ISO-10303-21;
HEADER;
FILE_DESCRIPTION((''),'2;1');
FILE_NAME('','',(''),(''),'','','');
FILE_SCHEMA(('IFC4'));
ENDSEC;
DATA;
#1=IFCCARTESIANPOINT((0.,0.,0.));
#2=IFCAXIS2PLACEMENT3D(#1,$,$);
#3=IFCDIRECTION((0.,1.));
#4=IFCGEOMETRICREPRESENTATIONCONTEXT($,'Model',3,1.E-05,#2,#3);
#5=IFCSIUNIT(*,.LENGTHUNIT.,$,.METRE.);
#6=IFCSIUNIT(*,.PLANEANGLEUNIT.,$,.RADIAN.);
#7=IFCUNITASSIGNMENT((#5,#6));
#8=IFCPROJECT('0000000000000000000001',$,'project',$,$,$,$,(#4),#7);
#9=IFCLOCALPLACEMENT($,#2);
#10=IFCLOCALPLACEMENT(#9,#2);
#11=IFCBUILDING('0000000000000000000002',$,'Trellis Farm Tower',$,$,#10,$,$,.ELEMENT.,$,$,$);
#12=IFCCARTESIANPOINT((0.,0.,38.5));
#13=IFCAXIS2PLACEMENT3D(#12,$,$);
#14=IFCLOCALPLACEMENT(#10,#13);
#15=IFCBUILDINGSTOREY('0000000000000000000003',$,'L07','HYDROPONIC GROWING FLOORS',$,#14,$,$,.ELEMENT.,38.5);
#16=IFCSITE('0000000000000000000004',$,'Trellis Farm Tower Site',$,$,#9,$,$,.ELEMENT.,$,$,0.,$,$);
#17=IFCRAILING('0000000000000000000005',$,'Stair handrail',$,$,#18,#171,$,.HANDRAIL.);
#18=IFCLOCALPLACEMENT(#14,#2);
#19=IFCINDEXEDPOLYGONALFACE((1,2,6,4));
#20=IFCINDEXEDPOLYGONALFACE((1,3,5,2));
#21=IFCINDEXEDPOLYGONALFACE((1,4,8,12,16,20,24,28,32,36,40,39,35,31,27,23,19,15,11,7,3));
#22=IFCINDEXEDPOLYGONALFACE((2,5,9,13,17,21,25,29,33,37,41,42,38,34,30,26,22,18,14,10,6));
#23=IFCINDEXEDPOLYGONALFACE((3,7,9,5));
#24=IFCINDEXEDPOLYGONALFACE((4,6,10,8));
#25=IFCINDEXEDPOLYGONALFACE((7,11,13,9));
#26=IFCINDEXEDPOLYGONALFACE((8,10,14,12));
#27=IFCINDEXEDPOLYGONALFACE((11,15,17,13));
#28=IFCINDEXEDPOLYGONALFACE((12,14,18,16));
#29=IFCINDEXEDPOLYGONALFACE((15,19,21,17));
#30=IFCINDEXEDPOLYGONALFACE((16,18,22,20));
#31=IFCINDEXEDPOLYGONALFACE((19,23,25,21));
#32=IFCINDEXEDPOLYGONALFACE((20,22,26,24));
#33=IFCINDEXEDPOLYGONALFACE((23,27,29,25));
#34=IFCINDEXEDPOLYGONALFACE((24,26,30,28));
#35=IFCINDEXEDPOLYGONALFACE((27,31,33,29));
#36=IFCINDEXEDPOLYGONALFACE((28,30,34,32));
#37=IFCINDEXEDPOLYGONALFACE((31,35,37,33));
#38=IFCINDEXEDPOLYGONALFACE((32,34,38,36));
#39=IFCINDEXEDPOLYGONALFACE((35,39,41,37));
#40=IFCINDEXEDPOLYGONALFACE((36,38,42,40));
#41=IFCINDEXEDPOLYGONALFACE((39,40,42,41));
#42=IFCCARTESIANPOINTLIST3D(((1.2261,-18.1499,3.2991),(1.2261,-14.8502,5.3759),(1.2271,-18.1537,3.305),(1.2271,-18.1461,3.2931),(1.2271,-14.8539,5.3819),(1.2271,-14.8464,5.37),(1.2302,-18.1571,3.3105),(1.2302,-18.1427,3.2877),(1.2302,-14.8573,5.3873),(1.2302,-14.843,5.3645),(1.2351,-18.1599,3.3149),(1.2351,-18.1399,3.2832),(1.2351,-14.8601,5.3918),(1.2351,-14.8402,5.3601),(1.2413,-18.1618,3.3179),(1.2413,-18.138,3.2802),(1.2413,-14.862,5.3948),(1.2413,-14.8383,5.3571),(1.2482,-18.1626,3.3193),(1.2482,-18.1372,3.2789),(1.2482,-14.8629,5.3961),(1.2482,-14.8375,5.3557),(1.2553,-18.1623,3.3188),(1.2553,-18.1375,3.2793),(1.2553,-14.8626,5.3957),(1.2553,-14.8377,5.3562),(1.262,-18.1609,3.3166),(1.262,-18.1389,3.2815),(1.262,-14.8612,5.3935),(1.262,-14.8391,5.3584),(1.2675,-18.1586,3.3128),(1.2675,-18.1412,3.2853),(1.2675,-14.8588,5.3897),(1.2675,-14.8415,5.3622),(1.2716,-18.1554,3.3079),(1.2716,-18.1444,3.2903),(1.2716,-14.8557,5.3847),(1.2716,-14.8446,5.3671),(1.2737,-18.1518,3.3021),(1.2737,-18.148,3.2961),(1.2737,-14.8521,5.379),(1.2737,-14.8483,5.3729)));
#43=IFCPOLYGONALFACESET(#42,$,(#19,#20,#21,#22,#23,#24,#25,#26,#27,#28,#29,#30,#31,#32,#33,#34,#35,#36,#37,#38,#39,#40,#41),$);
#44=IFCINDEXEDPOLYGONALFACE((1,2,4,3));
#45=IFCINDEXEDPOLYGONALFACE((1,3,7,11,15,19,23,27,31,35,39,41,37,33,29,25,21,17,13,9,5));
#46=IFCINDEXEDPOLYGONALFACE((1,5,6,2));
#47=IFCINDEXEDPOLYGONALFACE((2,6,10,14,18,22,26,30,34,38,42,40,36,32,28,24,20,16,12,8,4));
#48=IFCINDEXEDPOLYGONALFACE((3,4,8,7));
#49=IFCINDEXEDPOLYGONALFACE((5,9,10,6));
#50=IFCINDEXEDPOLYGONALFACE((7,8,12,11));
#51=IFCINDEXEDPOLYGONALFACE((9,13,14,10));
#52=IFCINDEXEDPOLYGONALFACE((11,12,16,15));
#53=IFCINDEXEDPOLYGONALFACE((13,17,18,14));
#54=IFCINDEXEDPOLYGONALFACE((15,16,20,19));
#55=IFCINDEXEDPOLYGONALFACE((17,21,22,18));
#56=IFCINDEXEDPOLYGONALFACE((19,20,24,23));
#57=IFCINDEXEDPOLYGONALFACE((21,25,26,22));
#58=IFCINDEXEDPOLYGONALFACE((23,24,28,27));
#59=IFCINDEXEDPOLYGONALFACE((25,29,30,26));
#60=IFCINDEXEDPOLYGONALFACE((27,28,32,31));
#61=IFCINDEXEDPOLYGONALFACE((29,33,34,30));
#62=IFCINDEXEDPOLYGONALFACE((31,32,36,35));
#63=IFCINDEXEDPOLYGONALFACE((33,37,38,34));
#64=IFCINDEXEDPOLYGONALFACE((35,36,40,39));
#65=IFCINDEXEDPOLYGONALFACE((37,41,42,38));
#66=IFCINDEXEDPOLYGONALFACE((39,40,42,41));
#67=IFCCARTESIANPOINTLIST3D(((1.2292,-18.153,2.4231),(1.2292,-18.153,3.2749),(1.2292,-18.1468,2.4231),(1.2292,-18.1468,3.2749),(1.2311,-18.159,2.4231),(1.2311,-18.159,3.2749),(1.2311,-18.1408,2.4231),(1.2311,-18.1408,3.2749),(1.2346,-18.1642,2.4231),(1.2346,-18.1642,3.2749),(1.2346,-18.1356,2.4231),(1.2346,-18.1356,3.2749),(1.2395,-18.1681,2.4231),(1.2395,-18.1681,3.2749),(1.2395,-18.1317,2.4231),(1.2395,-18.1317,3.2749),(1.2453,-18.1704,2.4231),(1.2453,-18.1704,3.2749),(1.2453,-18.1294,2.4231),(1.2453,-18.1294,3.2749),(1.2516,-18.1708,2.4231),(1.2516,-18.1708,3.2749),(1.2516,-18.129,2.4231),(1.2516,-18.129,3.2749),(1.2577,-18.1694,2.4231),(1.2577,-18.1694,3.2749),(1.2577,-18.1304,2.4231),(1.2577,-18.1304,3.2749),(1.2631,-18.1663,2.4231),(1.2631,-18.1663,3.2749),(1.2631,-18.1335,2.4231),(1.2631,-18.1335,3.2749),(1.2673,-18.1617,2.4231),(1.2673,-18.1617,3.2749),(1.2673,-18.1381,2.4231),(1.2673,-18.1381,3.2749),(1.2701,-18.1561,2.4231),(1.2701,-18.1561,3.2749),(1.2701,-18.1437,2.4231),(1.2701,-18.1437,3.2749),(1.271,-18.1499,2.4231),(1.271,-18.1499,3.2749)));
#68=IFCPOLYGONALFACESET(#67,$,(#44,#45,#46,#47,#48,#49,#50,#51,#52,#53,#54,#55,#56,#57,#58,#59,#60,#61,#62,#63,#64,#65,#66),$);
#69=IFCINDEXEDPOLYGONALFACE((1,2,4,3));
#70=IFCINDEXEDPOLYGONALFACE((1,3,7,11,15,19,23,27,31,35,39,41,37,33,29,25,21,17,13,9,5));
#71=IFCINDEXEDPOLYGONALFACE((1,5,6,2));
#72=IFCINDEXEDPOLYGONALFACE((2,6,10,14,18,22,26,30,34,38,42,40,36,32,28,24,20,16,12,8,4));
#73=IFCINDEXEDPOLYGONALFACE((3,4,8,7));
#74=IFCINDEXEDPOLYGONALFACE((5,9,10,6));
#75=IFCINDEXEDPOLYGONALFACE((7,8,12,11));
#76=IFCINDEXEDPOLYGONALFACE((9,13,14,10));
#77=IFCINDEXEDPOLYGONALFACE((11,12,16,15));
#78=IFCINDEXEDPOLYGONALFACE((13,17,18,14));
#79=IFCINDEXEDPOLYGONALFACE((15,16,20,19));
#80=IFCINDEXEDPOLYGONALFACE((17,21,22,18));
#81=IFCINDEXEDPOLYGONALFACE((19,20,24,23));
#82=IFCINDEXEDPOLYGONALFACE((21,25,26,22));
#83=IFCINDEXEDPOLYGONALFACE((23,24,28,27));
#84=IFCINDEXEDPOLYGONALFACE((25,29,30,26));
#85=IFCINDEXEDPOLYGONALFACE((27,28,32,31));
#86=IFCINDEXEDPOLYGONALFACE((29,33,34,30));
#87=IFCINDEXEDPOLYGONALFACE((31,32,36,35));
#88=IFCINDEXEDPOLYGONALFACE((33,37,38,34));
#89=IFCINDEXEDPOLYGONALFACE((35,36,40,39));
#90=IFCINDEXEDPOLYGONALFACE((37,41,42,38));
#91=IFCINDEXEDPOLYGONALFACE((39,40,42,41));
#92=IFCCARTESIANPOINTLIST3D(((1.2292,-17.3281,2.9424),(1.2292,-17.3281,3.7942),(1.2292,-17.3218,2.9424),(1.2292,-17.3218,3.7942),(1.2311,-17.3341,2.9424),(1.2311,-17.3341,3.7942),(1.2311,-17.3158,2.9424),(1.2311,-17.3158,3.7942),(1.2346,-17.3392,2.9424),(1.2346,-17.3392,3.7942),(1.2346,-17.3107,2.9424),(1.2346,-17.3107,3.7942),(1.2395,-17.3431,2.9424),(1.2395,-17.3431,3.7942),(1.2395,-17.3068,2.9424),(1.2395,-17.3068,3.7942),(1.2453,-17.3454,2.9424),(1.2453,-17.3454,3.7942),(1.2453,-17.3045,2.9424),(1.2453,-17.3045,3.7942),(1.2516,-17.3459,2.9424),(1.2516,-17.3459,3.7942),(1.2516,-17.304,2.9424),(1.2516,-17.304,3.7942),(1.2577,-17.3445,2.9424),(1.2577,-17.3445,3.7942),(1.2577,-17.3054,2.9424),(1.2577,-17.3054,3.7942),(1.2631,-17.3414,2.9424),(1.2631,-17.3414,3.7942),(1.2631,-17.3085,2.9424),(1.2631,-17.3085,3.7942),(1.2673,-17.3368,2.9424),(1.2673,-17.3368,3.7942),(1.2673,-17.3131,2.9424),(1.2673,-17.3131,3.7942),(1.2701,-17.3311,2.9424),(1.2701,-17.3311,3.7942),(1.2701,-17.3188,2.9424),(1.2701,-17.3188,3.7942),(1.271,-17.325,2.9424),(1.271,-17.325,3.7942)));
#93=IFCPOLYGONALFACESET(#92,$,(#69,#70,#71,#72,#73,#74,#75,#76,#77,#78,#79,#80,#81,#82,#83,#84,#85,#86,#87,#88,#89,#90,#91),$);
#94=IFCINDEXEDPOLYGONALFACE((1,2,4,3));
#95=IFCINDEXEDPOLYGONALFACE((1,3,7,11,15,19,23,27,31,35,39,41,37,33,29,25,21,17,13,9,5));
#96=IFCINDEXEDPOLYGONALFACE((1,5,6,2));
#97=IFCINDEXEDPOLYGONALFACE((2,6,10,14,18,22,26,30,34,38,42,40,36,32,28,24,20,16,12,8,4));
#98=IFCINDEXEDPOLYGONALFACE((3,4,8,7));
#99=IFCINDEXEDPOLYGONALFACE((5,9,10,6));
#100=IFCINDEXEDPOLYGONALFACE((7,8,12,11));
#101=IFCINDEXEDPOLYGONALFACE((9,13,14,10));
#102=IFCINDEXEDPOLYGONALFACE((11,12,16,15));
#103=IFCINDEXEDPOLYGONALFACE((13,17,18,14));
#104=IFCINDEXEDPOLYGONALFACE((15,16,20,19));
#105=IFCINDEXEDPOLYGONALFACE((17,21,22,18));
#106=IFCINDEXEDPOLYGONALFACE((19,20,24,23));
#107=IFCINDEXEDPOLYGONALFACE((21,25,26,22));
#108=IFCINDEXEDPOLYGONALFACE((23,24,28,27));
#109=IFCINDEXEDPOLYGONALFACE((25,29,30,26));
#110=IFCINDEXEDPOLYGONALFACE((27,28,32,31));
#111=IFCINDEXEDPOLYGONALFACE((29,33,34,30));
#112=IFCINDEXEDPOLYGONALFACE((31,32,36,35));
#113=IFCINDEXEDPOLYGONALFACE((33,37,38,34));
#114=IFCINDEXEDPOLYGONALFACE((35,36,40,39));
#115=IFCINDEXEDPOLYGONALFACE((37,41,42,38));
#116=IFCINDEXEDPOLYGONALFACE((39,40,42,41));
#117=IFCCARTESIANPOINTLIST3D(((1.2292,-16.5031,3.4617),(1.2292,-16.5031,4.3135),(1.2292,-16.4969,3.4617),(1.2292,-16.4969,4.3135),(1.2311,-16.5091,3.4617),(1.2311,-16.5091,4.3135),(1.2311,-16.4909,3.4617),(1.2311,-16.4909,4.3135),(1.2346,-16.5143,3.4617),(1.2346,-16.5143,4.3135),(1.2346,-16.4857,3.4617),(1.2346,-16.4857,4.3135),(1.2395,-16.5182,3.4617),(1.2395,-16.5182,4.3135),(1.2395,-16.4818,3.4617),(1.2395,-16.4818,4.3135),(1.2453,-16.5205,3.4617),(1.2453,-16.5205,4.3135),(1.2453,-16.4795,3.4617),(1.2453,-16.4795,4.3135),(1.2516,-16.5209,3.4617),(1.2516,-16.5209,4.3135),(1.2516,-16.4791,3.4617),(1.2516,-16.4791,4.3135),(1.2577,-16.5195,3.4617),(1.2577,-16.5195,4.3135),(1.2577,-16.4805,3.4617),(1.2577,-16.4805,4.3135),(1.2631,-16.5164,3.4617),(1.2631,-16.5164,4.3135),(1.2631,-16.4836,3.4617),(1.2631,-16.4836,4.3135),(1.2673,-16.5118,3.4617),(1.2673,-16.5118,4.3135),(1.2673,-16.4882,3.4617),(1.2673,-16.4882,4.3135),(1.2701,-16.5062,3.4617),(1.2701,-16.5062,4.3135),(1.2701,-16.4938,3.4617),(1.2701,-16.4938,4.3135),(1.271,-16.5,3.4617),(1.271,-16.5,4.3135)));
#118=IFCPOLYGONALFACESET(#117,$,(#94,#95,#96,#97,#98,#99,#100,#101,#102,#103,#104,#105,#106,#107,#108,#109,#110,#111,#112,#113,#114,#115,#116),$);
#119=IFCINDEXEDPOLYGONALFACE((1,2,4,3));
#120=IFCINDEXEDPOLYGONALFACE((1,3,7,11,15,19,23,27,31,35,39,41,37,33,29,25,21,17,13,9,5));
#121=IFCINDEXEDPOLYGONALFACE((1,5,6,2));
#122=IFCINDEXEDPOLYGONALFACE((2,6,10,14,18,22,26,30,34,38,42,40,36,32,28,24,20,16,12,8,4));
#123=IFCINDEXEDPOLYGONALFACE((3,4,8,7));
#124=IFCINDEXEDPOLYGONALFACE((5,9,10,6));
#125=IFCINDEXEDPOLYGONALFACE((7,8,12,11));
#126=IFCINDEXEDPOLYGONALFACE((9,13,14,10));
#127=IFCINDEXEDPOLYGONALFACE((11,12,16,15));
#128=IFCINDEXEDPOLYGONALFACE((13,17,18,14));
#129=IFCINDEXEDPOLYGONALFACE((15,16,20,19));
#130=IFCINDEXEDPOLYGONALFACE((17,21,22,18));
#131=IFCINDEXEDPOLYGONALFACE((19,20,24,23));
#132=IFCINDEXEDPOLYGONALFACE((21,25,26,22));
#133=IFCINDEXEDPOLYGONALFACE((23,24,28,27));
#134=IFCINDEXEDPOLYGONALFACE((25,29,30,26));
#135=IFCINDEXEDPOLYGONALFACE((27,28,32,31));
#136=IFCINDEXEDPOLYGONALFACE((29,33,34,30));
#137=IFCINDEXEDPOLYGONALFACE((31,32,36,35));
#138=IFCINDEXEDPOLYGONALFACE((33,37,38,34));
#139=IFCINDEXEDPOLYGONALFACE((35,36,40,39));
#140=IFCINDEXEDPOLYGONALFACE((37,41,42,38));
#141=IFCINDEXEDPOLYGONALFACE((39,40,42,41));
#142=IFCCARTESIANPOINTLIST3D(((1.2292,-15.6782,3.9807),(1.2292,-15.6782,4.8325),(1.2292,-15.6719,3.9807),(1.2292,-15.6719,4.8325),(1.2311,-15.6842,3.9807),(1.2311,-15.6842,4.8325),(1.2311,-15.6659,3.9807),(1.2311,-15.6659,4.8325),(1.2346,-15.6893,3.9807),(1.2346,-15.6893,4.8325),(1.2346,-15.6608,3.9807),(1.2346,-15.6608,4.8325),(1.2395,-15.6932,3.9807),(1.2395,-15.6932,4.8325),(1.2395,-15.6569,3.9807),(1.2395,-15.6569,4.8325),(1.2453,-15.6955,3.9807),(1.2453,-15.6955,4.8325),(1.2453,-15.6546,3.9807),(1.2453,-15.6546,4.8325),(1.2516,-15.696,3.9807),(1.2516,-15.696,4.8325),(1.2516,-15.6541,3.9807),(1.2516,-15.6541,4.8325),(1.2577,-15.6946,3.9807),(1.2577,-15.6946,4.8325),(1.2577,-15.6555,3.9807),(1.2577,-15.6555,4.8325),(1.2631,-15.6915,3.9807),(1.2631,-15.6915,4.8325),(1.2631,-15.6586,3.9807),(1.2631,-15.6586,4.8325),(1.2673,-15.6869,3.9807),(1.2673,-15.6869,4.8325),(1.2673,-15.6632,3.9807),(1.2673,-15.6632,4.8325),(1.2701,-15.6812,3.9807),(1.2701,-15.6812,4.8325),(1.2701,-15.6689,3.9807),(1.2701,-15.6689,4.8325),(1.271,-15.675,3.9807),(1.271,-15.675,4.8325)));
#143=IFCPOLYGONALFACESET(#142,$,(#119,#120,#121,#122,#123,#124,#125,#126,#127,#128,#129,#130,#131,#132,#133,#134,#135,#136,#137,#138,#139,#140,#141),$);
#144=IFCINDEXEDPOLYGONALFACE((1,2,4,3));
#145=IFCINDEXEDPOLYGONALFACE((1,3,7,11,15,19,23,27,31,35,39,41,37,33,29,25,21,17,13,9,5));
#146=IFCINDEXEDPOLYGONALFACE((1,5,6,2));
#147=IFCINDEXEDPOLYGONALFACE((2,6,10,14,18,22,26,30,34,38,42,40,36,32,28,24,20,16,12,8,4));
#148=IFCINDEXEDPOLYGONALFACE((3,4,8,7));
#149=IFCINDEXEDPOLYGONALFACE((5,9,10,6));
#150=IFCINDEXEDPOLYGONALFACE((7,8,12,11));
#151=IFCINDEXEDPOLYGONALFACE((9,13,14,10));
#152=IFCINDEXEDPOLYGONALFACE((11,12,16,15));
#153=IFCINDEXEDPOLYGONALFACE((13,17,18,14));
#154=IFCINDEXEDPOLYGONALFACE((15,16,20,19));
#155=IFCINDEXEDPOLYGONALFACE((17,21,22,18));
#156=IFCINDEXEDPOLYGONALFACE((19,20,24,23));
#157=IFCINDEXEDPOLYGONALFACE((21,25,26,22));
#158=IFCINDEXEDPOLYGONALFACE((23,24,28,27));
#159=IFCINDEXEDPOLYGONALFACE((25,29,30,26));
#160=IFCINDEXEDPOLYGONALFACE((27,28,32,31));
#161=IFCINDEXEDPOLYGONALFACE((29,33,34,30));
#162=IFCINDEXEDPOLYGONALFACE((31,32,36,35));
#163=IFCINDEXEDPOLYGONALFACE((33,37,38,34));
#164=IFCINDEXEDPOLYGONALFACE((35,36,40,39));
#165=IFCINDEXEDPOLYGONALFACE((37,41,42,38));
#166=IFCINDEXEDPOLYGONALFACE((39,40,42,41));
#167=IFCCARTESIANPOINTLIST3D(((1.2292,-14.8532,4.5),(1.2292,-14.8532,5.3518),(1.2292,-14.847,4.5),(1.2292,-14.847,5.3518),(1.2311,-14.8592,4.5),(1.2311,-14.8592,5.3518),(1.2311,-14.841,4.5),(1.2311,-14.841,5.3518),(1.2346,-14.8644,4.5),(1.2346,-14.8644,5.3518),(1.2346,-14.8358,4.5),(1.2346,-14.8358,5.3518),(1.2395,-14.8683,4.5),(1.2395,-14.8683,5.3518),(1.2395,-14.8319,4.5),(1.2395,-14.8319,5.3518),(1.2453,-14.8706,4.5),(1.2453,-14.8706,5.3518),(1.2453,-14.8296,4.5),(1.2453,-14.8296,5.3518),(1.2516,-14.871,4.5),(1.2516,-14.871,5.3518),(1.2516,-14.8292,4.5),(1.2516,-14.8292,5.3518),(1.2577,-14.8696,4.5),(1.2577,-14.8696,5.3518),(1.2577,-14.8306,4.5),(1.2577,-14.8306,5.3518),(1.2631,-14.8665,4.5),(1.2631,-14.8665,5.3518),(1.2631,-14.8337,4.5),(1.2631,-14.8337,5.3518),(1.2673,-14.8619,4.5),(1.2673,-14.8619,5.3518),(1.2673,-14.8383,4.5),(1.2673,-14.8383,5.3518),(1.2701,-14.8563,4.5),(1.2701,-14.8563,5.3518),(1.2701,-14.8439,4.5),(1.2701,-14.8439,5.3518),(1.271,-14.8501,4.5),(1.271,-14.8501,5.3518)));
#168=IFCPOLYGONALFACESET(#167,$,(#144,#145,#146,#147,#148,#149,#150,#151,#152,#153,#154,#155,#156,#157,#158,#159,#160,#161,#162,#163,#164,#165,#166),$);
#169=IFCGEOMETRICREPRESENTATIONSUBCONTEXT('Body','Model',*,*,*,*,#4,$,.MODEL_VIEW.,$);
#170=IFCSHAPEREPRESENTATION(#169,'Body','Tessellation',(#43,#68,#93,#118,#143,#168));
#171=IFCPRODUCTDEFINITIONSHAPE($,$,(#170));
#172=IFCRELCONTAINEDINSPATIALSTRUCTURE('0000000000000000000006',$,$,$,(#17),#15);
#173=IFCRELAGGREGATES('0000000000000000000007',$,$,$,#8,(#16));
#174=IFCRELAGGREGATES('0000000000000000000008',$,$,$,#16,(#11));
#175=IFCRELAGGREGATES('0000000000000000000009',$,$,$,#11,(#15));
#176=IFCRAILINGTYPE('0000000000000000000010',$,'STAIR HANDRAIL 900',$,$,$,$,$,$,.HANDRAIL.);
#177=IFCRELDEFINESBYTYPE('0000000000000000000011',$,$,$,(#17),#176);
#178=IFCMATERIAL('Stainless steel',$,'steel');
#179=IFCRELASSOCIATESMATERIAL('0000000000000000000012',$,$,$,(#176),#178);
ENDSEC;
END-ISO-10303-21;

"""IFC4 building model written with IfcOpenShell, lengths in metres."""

from ifc_helpers import new_model, si_unit, direction, frame, origin, origin_2d, place, context, subcontext, project, spatial, circle, extrude, source, transform, mapped, material, type_object, element, save


model = new_model("IFC4")

# Units and contexts
model_context = context("Model", 3, precision=1e-05, world=origin(), true_north=direction((0.0, 1.0)))
body_context = subcontext(model_context, "Body", "Model", "MODEL_VIEW")
ifc_project = project(units=[si_unit("LENGTHUNIT", "METRE"), si_unit("PLANEANGLEUNIT", "RADIAN")], contexts=[model_context])

# Site, building, storey
site_placement = place(None, origin())
site = spatial("IfcSite", under=ifc_project, at=site_placement, Name="Trellis Farm Tower Site", CompositionType="ELEMENT", RefElevation=0.0)
building_placement = place(site_placement, origin())
building = spatial("IfcBuilding", under=site, at=building_placement, Name="Trellis Farm Tower", CompositionType="ELEMENT")
storey_placement = place(building_placement, frame((0.0, 0.0, 38.5)))
storey = spatial("IfcBuildingStorey", under=building, at=storey_placement, Name="L07", Description="HYDROPONIC GROWING FLOORS", CompositionType="ELEMENT", Elevation=38.5)

# Railing
ifc_material_1 = material(Name="Stainless steel", Category="steel")
railing_type_1 = type_object("IfcRailingType", Name="STAIR HANDRAIL 900", PredefinedType="HANDRAIL", material=ifc_material_1)
shared_shape_1 = source(origin(), body_context, "Body", "SweptSolid", [
    extrude(circle(Radius=0.0239, at=origin_2d()), frame((0.0, 0.0, 0.876), z_axis=(0.0, 0.84632, 0.532675), x_axis=(-1.0, 0.0, 0.0)), (0.0, 0.0, 1.0), 3.8989),
    extrude(circle(Radius=0.021, at=origin_2d()), origin(), (0.0, 0.0, 1.0), 0.8518),
    extrude(circle(Radius=0.021, at=origin_2d()), frame((0.0, 0.825, 0.5193)), (0.0, 0.0, 1.0), 0.8518),
    extrude(circle(Radius=0.021, at=origin_2d()), frame((0.0, 1.6499, 1.0386)), (0.0, 0.0, 1.0), 0.8518),
    extrude(circle(Radius=0.021, at=origin_2d()), frame((0.0, 2.4749, 1.5576)), (0.0, 0.0, 1.0), 0.8518),
    extrude(circle(Radius=0.021, at=origin_2d()), frame((0.0, 3.2998, 2.0769)), (0.0, 0.0, 1.0), 0.8518),
])
railing_1_placement = place(storey_placement, frame((1.25, -18.1499, 2.4231)))
element("IfcRailing", 1, at=railing_1_placement, inside=storey, type_object=railing_type_1, Name="Stair handrail", PredefinedType="HANDRAIL", context=body_context, shape_type="MappedRepresentation", body=[
    mapped(shared_shape_1, transform((0.0, 0.0, 0.0))),
])

save(model, "model.ifc")
